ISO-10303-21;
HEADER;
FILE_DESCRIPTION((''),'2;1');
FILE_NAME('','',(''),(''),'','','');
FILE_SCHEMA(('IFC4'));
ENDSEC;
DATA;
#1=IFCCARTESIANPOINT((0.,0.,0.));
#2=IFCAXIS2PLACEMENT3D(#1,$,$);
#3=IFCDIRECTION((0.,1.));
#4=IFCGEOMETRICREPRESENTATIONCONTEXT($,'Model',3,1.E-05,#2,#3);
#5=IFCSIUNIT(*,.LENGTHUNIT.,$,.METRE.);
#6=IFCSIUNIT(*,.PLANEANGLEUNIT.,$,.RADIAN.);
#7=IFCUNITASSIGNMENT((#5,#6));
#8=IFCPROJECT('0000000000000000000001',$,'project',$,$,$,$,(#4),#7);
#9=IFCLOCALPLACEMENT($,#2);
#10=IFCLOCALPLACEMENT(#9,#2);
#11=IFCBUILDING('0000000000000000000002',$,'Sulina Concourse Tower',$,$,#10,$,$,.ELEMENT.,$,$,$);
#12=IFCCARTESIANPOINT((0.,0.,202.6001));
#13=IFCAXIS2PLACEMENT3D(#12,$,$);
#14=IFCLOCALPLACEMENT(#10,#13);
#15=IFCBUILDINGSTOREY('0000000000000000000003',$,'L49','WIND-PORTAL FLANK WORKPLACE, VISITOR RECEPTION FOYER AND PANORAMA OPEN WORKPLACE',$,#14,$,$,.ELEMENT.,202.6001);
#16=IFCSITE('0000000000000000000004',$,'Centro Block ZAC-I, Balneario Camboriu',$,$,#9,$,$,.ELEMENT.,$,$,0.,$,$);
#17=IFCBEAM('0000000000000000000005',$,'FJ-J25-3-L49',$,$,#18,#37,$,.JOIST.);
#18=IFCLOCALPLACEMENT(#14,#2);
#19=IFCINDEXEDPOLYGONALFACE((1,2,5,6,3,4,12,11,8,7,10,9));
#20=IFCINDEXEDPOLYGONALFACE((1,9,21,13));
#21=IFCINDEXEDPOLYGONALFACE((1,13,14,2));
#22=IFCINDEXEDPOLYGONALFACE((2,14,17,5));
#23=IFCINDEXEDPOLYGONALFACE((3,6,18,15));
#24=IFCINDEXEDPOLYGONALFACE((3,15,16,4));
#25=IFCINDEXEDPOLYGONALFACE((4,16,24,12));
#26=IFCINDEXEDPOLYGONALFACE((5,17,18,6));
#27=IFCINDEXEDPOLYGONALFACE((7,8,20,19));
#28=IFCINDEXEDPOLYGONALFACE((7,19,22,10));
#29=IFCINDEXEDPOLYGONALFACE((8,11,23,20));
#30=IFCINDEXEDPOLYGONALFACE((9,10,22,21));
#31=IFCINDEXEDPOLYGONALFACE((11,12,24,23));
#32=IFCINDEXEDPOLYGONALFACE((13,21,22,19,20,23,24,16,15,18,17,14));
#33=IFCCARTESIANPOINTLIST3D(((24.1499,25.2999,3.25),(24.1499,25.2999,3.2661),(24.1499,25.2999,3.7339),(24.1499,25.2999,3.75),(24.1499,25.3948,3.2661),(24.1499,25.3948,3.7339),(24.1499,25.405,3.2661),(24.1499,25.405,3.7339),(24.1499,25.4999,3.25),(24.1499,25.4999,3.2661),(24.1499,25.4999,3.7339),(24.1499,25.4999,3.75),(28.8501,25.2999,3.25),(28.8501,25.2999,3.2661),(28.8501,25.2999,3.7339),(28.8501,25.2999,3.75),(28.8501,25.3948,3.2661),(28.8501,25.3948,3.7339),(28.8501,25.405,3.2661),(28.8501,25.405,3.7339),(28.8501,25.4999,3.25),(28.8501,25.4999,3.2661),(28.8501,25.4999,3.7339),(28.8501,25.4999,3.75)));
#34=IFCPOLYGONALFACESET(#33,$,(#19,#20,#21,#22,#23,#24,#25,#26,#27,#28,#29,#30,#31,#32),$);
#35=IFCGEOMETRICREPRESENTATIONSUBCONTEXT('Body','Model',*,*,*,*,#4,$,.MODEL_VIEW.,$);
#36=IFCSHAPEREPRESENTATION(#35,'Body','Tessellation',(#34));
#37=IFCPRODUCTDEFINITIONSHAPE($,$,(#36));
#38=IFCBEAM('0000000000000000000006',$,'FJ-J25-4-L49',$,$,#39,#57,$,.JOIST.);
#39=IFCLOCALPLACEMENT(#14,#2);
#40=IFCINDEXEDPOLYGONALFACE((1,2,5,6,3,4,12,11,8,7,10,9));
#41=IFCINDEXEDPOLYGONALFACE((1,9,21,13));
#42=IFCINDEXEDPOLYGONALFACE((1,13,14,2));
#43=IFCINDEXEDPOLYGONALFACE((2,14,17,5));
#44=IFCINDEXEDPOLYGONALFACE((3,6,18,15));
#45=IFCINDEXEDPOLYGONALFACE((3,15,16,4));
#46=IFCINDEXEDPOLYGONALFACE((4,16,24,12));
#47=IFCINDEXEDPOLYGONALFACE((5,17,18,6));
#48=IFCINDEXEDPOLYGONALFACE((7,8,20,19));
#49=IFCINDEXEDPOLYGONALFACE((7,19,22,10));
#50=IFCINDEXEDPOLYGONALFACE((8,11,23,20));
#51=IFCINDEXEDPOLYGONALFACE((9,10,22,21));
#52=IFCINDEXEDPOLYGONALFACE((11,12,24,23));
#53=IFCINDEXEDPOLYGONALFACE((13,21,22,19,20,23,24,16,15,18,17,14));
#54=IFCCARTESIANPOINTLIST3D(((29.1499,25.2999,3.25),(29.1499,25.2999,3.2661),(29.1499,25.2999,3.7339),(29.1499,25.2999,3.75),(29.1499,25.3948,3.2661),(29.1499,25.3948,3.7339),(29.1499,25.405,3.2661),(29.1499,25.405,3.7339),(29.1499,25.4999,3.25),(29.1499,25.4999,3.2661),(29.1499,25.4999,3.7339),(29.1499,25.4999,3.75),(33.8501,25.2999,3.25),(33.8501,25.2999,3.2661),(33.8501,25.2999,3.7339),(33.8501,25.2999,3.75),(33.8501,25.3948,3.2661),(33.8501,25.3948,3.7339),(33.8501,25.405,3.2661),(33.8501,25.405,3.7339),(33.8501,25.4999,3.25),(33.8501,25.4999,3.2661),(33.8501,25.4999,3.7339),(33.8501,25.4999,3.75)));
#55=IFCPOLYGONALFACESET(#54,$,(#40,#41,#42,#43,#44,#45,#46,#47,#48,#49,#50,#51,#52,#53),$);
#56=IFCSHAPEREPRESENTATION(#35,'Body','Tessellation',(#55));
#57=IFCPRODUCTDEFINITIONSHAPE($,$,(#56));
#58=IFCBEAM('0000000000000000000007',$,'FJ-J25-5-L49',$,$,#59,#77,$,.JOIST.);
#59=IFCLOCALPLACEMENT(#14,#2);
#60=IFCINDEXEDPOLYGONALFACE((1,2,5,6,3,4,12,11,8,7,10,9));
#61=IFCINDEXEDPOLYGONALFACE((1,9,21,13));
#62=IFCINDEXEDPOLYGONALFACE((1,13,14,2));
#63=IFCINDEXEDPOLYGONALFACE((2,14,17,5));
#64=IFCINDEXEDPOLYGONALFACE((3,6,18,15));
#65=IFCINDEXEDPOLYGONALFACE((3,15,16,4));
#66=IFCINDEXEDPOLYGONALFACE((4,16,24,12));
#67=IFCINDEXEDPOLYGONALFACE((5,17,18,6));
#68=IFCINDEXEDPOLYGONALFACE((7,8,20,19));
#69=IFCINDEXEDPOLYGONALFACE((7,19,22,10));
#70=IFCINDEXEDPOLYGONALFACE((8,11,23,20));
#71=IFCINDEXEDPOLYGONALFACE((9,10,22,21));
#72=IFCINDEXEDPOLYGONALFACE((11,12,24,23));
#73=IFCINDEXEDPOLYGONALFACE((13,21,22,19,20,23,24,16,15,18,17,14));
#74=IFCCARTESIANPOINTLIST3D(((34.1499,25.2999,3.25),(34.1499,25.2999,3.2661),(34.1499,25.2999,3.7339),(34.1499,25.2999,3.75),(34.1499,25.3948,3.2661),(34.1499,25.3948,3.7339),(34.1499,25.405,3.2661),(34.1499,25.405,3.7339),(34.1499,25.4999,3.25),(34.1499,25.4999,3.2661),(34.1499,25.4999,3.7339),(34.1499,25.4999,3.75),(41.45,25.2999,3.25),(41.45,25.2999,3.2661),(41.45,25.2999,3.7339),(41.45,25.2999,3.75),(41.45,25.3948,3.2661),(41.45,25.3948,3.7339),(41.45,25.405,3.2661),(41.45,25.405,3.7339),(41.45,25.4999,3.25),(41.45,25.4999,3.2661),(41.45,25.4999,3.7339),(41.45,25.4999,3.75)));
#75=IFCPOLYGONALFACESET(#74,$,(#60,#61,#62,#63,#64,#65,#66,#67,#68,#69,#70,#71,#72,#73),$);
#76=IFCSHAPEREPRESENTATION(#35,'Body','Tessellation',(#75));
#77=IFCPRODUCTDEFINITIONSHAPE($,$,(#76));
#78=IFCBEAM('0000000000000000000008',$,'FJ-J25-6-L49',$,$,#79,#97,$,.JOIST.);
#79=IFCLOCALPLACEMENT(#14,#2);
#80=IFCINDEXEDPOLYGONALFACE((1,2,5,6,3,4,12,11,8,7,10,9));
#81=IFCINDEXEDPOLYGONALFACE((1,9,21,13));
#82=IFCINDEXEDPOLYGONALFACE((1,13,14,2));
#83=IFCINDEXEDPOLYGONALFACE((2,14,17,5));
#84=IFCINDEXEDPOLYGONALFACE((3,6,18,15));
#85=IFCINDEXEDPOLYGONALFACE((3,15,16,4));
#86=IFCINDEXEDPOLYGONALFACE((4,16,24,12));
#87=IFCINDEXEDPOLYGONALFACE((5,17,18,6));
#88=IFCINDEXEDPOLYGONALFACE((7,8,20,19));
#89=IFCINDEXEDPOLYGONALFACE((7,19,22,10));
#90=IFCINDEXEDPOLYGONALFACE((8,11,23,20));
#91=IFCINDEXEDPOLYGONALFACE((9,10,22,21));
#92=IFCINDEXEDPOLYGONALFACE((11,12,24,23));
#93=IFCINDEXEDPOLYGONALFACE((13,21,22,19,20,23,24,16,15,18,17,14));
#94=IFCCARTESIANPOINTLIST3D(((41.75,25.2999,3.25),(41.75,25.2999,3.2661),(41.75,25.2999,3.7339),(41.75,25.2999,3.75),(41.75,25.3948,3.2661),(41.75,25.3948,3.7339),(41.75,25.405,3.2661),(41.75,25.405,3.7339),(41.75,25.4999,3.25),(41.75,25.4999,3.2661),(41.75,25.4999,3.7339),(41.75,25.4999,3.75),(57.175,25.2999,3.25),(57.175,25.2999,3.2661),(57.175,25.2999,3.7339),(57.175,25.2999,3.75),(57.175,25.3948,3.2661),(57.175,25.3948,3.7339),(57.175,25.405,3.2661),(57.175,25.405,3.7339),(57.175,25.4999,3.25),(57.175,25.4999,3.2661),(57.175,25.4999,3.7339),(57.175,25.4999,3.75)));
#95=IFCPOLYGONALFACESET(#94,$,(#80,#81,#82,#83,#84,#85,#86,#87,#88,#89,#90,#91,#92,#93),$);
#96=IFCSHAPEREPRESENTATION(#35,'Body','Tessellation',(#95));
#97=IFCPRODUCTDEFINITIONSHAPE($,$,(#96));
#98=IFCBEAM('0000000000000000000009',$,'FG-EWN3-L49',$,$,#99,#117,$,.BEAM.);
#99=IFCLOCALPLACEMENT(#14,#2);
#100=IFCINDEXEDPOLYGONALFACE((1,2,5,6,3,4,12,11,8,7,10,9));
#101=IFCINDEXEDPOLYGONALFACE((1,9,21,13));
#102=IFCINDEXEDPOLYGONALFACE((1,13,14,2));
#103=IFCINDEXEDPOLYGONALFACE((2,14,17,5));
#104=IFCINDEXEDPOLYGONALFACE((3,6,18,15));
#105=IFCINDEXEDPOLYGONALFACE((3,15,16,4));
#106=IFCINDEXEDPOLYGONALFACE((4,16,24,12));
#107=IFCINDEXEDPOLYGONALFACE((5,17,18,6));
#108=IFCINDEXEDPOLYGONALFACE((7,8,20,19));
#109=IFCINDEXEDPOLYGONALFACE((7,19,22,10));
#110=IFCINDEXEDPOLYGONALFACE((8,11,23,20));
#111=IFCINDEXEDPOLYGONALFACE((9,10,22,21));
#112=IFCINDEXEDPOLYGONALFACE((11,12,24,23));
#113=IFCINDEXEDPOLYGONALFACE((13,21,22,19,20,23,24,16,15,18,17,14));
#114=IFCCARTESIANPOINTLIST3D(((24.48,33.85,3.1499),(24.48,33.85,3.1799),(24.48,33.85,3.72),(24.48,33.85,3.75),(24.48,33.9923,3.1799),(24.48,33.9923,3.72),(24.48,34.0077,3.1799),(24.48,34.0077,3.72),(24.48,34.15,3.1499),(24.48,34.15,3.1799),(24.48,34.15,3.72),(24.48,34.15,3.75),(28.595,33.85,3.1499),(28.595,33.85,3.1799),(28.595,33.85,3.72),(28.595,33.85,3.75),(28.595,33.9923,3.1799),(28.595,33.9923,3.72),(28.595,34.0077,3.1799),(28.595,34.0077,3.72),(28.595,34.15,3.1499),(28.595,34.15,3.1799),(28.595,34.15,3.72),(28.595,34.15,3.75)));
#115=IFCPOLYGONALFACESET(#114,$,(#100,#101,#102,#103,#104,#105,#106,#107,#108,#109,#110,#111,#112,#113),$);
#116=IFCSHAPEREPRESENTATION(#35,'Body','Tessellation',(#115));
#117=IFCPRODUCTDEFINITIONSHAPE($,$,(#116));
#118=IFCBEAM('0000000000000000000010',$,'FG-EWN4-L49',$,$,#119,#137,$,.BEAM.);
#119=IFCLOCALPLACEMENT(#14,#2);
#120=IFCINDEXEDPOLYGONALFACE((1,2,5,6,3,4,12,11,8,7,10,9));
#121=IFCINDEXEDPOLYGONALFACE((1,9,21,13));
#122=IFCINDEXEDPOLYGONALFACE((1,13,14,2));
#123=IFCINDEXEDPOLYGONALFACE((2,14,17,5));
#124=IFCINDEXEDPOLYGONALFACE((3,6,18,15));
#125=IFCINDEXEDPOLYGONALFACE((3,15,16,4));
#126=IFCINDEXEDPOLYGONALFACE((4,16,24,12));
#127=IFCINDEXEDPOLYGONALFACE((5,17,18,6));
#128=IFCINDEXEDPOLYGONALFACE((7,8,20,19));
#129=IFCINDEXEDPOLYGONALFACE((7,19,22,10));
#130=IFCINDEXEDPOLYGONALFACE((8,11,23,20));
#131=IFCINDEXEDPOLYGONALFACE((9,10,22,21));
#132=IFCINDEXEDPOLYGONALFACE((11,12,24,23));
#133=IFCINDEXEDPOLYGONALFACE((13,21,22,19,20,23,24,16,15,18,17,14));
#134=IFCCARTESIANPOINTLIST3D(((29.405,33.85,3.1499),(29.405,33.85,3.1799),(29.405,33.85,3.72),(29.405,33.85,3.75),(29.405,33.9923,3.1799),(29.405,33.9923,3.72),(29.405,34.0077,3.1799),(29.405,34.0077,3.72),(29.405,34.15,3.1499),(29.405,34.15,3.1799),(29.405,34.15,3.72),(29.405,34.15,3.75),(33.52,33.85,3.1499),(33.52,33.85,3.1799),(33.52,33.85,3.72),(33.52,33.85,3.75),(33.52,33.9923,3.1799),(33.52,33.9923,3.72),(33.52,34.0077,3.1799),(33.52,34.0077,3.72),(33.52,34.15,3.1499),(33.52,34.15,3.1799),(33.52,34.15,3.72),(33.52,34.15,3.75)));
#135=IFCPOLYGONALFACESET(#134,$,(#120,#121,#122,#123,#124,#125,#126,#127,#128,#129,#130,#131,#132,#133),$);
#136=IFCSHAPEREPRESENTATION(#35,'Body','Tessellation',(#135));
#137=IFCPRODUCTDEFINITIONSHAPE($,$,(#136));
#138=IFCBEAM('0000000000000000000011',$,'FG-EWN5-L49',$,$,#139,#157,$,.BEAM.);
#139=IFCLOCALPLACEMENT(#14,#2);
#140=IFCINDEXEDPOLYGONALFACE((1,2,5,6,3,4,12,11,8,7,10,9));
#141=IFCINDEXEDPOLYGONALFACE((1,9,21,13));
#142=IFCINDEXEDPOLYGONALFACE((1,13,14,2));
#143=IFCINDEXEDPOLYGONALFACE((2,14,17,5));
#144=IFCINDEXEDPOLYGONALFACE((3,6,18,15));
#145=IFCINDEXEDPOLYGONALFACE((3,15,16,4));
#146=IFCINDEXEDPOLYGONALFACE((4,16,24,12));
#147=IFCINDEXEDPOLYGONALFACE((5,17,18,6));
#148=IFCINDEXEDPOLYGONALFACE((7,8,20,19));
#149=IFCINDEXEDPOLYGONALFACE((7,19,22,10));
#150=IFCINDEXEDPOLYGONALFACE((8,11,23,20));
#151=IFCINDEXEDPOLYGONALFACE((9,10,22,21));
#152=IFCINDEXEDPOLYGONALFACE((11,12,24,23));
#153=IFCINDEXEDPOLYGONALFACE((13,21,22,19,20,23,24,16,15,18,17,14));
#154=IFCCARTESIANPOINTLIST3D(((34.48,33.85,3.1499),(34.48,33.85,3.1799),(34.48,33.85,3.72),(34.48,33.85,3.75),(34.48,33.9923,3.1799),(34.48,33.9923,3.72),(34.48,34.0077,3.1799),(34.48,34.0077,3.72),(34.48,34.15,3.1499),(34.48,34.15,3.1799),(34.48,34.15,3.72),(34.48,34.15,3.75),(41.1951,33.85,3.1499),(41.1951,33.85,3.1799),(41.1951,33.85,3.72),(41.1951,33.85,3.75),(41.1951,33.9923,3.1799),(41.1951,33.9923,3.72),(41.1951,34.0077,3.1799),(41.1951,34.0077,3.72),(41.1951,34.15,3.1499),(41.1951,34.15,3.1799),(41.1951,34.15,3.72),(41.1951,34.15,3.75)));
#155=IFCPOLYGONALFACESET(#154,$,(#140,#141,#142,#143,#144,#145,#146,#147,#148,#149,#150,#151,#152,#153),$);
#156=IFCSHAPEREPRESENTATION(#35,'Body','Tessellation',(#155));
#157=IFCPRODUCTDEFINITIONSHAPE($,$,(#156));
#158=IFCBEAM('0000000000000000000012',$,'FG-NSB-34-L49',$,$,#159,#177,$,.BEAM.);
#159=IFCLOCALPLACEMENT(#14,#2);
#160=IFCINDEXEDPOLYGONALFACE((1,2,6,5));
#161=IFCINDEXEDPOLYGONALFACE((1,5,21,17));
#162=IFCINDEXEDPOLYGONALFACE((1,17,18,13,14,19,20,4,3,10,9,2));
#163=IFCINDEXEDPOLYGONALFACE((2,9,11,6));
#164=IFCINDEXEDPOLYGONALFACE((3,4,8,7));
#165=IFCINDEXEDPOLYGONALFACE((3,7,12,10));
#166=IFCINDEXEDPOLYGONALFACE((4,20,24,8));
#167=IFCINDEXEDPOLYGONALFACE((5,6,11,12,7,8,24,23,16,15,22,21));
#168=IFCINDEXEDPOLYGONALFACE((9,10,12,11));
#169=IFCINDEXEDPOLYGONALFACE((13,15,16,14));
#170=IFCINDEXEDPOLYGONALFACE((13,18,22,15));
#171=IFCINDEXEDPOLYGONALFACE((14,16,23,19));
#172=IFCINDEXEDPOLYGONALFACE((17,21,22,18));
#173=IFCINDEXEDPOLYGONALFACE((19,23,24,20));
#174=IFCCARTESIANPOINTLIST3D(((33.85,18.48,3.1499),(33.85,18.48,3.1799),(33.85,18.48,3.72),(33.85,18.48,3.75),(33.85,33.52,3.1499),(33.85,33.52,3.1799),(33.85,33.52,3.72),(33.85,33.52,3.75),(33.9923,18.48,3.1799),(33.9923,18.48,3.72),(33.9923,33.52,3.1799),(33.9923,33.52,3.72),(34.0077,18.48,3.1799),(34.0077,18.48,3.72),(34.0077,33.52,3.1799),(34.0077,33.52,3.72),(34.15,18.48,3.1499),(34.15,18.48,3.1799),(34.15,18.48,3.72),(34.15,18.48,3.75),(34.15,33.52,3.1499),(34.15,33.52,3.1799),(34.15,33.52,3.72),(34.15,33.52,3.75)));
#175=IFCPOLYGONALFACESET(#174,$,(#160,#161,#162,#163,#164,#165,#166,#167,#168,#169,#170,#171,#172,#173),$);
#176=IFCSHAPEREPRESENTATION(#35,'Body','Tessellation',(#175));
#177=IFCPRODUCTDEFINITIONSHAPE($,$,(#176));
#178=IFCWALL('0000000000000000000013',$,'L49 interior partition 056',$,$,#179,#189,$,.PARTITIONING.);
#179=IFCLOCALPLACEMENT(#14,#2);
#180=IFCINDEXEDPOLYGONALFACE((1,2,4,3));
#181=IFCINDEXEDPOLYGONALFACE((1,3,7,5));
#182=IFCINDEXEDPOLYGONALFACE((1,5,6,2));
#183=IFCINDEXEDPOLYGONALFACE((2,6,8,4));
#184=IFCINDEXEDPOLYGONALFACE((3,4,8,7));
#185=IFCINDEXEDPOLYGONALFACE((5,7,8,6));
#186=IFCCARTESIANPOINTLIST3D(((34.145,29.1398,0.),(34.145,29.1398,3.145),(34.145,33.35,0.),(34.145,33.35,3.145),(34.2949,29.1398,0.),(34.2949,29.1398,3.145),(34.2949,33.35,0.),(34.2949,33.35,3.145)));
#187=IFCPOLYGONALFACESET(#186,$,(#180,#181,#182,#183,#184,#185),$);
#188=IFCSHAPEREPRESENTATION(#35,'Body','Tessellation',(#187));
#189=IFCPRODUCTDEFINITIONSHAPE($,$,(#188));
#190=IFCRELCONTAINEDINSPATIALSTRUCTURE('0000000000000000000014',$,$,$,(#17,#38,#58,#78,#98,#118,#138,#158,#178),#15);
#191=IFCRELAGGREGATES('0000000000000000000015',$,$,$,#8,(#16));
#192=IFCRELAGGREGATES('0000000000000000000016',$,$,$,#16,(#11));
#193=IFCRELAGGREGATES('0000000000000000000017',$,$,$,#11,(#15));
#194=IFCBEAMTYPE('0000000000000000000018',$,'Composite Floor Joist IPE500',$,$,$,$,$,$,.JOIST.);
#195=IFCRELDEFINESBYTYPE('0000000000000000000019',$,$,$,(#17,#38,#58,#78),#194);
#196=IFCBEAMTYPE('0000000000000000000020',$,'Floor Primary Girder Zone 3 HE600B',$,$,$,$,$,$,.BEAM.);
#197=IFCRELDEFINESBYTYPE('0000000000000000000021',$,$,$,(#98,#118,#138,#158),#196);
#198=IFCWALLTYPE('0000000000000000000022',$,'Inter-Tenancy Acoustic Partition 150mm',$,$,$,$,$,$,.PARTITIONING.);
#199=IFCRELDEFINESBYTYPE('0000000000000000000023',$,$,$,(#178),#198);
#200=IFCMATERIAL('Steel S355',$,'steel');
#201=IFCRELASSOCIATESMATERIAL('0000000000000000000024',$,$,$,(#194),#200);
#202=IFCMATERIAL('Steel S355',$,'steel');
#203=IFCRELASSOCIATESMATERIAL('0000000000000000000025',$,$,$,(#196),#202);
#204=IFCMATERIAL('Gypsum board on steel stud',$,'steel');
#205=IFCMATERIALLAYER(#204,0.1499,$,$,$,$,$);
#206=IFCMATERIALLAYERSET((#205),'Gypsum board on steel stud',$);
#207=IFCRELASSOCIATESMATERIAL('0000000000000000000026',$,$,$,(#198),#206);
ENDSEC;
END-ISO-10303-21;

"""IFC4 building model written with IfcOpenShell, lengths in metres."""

from ifc_helpers import new_model, si_unit, direction, frame, frame_2d, origin, origin_2d, place, context, subcontext, project, spatial, rectangle, i_section, extrude, material, layer, layer_set, material_profile, profile_set, type_object, element, save


model = new_model("IFC4")

# Units and contexts
model_context = context("Model", 3, precision=1e-05, world=origin(), true_north=direction((0.0, 1.0)))
body_context = subcontext(model_context, "Body", "Model", "MODEL_VIEW")
ifc_project = project(units=[si_unit("LENGTHUNIT", "METRE"), si_unit("PLANEANGLEUNIT", "RADIAN")], contexts=[model_context])

# Site, building, storey
site_placement = place(None, origin())
site = spatial("IfcSite", under=ifc_project, at=site_placement, Name="Centro Block ZAC-I, Balneario Camboriu", CompositionType="ELEMENT", RefElevation=0.0)
building_placement = place(site_placement, origin())
building = spatial("IfcBuilding", under=site, at=building_placement, Name="Sulina Concourse Tower", CompositionType="ELEMENT")
storey_placement = place(building_placement, frame((0.0, 0.0, 202.6001)))
storey = spatial("IfcBuildingStorey", under=building, at=storey_placement, Name="L49", Description="WIND-PORTAL FLANK WORKPLACE, VISITOR RECEPTION FOYER AND PANORAMA OPEN WORKPLACE", CompositionType="ELEMENT", Elevation=202.6001)

# Beams
ifc_material_1 = material(Name="Steel S355", Category="steel")
ifc_material_profile_1 = material_profile(ifc_material_1, i_section(OverallWidth=0.2, OverallDepth=0.5, WebThickness=0.0103, FlangeThickness=0.0161, at=origin_2d()), Name="IPE 500")
ifc_profile_set_1 = profile_set([ifc_material_profile_1], Name="Steel S355")
beam_type_1 = type_object("IfcBeamType", Name="Composite Floor Joist IPE500", PredefinedType="JOIST", material=ifc_profile_set_1)
for number, where, z_axis, x_axis, name in (
    (1, (24.1499, 25.3999, 3.5), (1.0, 0.0, 0.0), (0.0, 1.0, 0.0), "FJ-J25-3-L49"),
    (2, (29.1499, 25.3999, 3.5), (1.0, 0.0, 0.0), (0.0, 1.0, 0.0), "FJ-J25-4-L49"),
):
    element("IfcBeam", number, at=place(storey_placement, frame(where, z_axis=z_axis, x_axis=x_axis)), inside=storey, type_object=beam_type_1, Name=name, PredefinedType="JOIST", context=body_context, shape_type="SweptSolid", body=[
        extrude(i_section(OverallWidth=0.2, OverallDepth=0.5, WebThickness=0.0103, FlangeThickness=0.0161, at=origin_2d()), origin(), (0.0, 0.0, 1.0), 4.7002),
    ])
beam_1_placement = place(storey_placement, frame((34.1499, 25.3999, 3.5), z_axis=(1.0, 0.0, 0.0), x_axis=(0.0, 1.0, 0.0)))
element("IfcBeam", 3, at=beam_1_placement, inside=storey, type_object=beam_type_1, Name="FJ-J25-5-L49", PredefinedType="JOIST", context=body_context, shape_type="SweptSolid", body=[
    extrude(i_section(OverallWidth=0.2, OverallDepth=0.5, WebThickness=0.0103, FlangeThickness=0.0161, at=origin_2d()), origin(), (0.0, 0.0, 1.0), 7.3),
])
beam_2_placement = place(storey_placement, frame((41.75, 25.3999, 3.5), z_axis=(1.0, 0.0, 0.0), x_axis=(0.0, 1.0, 0.0)))
element("IfcBeam", 4, at=beam_2_placement, inside=storey, type_object=beam_type_1, Name="FJ-J25-6-L49", PredefinedType="JOIST", context=body_context, shape_type="SweptSolid", body=[
    extrude(i_section(OverallWidth=0.2, OverallDepth=0.5, WebThickness=0.0103, FlangeThickness=0.0161, at=origin_2d()), origin(), (0.0, 0.0, 1.0), 15.425),
])
ifc_material_2 = material(Name="Steel S355", Category="steel")
ifc_material_profile_2 = material_profile(ifc_material_2, i_section(OverallWidth=0.3, OverallDepth=0.6001, WebThickness=0.0154, FlangeThickness=0.03, at=origin_2d()), Name="HE 600 B")
ifc_profile_set_2 = profile_set([ifc_material_profile_2], Name="Steel S355")
beam_type_2 = type_object("IfcBeamType", Name="Floor Primary Girder Zone 3 HE600B", PredefinedType="BEAM", material=ifc_profile_set_2)
for number, where, z_axis, x_axis, name in (
    (5, (24.48, 34.0, 3.45), (1.0, 0.0, 0.0), (0.0, 1.0, 0.0), "FG-EWN3-L49"),
    (6, (29.405, 34.0, 3.45), (1.0, 0.0, 0.0), (0.0, 1.0, 0.0), "FG-EWN4-L49"),
):
    element("IfcBeam", number, at=place(storey_placement, frame(where, z_axis=z_axis, x_axis=x_axis)), inside=storey, type_object=beam_type_2, Name=name, PredefinedType="BEAM", context=body_context, shape_type="SweptSolid", body=[
        extrude(i_section(OverallWidth=0.3, OverallDepth=0.6001, WebThickness=0.0154, FlangeThickness=0.03, at=origin_2d()), origin(), (0.0, 0.0, 1.0), 4.115),
    ])
beam_3_placement = place(storey_placement, frame((34.48, 34.0, 3.45), z_axis=(1.0, 0.0, 0.0), x_axis=(0.0, 1.0, 0.0)))
element("IfcBeam", 7, at=beam_3_placement, inside=storey, type_object=beam_type_2, Name="FG-EWN5-L49", PredefinedType="BEAM", context=body_context, shape_type="SweptSolid", body=[
    extrude(i_section(OverallWidth=0.3, OverallDepth=0.6001, WebThickness=0.0154, FlangeThickness=0.03, at=origin_2d()), origin(), (0.0, 0.0, 1.0), 6.7151),
])
beam_4_placement = place(storey_placement, frame((34.0, 18.48, 3.45), z_axis=(0.0, 1.0, 0.0), x_axis=(-1.0, 0.0, 0.0)))
element("IfcBeam", 8, at=beam_4_placement, inside=storey, type_object=beam_type_2, Name="FG-NSB-34-L49", PredefinedType="BEAM", context=body_context, shape_type="SweptSolid", body=[
    extrude(i_section(OverallWidth=0.3, OverallDepth=0.6001, WebThickness=0.0154, FlangeThickness=0.03, at=origin_2d()), origin(), (0.0, 0.0, 1.0), 15.04),
])

# Wall
ifc_material_3 = material(Name="Gypsum board on steel stud", Category="steel")
ifc_layer_1 = layer(ifc_material_3, 0.1499)
ifc_layer_set_1 = layer_set([ifc_layer_1], Name="Gypsum board on steel stud")
wall_type_1 = type_object("IfcWallType", Name="Inter-Tenancy Acoustic Partition 150mm", PredefinedType="PARTITIONING", material=ifc_layer_set_1)
wall_1_placement = place(storey_placement, frame((34.22, 29.1399, 0.0), z_axis=(0.0, 0.0, 1.0), x_axis=(0.0, 1.0, 0.0)))
element("IfcWall", 9, at=wall_1_placement, inside=storey, type_object=wall_type_1, Name="L49 interior partition 056", PredefinedType="PARTITIONING", context=body_context, shape_type="SweptSolid", body=[
    extrude(rectangle(XDim=4.2102, YDim=0.1499, at=frame_2d((2.105, 0.0))), origin(), (0.0, 0.0, 1.0), 3.145),
])

save(model, "model.ifc")
